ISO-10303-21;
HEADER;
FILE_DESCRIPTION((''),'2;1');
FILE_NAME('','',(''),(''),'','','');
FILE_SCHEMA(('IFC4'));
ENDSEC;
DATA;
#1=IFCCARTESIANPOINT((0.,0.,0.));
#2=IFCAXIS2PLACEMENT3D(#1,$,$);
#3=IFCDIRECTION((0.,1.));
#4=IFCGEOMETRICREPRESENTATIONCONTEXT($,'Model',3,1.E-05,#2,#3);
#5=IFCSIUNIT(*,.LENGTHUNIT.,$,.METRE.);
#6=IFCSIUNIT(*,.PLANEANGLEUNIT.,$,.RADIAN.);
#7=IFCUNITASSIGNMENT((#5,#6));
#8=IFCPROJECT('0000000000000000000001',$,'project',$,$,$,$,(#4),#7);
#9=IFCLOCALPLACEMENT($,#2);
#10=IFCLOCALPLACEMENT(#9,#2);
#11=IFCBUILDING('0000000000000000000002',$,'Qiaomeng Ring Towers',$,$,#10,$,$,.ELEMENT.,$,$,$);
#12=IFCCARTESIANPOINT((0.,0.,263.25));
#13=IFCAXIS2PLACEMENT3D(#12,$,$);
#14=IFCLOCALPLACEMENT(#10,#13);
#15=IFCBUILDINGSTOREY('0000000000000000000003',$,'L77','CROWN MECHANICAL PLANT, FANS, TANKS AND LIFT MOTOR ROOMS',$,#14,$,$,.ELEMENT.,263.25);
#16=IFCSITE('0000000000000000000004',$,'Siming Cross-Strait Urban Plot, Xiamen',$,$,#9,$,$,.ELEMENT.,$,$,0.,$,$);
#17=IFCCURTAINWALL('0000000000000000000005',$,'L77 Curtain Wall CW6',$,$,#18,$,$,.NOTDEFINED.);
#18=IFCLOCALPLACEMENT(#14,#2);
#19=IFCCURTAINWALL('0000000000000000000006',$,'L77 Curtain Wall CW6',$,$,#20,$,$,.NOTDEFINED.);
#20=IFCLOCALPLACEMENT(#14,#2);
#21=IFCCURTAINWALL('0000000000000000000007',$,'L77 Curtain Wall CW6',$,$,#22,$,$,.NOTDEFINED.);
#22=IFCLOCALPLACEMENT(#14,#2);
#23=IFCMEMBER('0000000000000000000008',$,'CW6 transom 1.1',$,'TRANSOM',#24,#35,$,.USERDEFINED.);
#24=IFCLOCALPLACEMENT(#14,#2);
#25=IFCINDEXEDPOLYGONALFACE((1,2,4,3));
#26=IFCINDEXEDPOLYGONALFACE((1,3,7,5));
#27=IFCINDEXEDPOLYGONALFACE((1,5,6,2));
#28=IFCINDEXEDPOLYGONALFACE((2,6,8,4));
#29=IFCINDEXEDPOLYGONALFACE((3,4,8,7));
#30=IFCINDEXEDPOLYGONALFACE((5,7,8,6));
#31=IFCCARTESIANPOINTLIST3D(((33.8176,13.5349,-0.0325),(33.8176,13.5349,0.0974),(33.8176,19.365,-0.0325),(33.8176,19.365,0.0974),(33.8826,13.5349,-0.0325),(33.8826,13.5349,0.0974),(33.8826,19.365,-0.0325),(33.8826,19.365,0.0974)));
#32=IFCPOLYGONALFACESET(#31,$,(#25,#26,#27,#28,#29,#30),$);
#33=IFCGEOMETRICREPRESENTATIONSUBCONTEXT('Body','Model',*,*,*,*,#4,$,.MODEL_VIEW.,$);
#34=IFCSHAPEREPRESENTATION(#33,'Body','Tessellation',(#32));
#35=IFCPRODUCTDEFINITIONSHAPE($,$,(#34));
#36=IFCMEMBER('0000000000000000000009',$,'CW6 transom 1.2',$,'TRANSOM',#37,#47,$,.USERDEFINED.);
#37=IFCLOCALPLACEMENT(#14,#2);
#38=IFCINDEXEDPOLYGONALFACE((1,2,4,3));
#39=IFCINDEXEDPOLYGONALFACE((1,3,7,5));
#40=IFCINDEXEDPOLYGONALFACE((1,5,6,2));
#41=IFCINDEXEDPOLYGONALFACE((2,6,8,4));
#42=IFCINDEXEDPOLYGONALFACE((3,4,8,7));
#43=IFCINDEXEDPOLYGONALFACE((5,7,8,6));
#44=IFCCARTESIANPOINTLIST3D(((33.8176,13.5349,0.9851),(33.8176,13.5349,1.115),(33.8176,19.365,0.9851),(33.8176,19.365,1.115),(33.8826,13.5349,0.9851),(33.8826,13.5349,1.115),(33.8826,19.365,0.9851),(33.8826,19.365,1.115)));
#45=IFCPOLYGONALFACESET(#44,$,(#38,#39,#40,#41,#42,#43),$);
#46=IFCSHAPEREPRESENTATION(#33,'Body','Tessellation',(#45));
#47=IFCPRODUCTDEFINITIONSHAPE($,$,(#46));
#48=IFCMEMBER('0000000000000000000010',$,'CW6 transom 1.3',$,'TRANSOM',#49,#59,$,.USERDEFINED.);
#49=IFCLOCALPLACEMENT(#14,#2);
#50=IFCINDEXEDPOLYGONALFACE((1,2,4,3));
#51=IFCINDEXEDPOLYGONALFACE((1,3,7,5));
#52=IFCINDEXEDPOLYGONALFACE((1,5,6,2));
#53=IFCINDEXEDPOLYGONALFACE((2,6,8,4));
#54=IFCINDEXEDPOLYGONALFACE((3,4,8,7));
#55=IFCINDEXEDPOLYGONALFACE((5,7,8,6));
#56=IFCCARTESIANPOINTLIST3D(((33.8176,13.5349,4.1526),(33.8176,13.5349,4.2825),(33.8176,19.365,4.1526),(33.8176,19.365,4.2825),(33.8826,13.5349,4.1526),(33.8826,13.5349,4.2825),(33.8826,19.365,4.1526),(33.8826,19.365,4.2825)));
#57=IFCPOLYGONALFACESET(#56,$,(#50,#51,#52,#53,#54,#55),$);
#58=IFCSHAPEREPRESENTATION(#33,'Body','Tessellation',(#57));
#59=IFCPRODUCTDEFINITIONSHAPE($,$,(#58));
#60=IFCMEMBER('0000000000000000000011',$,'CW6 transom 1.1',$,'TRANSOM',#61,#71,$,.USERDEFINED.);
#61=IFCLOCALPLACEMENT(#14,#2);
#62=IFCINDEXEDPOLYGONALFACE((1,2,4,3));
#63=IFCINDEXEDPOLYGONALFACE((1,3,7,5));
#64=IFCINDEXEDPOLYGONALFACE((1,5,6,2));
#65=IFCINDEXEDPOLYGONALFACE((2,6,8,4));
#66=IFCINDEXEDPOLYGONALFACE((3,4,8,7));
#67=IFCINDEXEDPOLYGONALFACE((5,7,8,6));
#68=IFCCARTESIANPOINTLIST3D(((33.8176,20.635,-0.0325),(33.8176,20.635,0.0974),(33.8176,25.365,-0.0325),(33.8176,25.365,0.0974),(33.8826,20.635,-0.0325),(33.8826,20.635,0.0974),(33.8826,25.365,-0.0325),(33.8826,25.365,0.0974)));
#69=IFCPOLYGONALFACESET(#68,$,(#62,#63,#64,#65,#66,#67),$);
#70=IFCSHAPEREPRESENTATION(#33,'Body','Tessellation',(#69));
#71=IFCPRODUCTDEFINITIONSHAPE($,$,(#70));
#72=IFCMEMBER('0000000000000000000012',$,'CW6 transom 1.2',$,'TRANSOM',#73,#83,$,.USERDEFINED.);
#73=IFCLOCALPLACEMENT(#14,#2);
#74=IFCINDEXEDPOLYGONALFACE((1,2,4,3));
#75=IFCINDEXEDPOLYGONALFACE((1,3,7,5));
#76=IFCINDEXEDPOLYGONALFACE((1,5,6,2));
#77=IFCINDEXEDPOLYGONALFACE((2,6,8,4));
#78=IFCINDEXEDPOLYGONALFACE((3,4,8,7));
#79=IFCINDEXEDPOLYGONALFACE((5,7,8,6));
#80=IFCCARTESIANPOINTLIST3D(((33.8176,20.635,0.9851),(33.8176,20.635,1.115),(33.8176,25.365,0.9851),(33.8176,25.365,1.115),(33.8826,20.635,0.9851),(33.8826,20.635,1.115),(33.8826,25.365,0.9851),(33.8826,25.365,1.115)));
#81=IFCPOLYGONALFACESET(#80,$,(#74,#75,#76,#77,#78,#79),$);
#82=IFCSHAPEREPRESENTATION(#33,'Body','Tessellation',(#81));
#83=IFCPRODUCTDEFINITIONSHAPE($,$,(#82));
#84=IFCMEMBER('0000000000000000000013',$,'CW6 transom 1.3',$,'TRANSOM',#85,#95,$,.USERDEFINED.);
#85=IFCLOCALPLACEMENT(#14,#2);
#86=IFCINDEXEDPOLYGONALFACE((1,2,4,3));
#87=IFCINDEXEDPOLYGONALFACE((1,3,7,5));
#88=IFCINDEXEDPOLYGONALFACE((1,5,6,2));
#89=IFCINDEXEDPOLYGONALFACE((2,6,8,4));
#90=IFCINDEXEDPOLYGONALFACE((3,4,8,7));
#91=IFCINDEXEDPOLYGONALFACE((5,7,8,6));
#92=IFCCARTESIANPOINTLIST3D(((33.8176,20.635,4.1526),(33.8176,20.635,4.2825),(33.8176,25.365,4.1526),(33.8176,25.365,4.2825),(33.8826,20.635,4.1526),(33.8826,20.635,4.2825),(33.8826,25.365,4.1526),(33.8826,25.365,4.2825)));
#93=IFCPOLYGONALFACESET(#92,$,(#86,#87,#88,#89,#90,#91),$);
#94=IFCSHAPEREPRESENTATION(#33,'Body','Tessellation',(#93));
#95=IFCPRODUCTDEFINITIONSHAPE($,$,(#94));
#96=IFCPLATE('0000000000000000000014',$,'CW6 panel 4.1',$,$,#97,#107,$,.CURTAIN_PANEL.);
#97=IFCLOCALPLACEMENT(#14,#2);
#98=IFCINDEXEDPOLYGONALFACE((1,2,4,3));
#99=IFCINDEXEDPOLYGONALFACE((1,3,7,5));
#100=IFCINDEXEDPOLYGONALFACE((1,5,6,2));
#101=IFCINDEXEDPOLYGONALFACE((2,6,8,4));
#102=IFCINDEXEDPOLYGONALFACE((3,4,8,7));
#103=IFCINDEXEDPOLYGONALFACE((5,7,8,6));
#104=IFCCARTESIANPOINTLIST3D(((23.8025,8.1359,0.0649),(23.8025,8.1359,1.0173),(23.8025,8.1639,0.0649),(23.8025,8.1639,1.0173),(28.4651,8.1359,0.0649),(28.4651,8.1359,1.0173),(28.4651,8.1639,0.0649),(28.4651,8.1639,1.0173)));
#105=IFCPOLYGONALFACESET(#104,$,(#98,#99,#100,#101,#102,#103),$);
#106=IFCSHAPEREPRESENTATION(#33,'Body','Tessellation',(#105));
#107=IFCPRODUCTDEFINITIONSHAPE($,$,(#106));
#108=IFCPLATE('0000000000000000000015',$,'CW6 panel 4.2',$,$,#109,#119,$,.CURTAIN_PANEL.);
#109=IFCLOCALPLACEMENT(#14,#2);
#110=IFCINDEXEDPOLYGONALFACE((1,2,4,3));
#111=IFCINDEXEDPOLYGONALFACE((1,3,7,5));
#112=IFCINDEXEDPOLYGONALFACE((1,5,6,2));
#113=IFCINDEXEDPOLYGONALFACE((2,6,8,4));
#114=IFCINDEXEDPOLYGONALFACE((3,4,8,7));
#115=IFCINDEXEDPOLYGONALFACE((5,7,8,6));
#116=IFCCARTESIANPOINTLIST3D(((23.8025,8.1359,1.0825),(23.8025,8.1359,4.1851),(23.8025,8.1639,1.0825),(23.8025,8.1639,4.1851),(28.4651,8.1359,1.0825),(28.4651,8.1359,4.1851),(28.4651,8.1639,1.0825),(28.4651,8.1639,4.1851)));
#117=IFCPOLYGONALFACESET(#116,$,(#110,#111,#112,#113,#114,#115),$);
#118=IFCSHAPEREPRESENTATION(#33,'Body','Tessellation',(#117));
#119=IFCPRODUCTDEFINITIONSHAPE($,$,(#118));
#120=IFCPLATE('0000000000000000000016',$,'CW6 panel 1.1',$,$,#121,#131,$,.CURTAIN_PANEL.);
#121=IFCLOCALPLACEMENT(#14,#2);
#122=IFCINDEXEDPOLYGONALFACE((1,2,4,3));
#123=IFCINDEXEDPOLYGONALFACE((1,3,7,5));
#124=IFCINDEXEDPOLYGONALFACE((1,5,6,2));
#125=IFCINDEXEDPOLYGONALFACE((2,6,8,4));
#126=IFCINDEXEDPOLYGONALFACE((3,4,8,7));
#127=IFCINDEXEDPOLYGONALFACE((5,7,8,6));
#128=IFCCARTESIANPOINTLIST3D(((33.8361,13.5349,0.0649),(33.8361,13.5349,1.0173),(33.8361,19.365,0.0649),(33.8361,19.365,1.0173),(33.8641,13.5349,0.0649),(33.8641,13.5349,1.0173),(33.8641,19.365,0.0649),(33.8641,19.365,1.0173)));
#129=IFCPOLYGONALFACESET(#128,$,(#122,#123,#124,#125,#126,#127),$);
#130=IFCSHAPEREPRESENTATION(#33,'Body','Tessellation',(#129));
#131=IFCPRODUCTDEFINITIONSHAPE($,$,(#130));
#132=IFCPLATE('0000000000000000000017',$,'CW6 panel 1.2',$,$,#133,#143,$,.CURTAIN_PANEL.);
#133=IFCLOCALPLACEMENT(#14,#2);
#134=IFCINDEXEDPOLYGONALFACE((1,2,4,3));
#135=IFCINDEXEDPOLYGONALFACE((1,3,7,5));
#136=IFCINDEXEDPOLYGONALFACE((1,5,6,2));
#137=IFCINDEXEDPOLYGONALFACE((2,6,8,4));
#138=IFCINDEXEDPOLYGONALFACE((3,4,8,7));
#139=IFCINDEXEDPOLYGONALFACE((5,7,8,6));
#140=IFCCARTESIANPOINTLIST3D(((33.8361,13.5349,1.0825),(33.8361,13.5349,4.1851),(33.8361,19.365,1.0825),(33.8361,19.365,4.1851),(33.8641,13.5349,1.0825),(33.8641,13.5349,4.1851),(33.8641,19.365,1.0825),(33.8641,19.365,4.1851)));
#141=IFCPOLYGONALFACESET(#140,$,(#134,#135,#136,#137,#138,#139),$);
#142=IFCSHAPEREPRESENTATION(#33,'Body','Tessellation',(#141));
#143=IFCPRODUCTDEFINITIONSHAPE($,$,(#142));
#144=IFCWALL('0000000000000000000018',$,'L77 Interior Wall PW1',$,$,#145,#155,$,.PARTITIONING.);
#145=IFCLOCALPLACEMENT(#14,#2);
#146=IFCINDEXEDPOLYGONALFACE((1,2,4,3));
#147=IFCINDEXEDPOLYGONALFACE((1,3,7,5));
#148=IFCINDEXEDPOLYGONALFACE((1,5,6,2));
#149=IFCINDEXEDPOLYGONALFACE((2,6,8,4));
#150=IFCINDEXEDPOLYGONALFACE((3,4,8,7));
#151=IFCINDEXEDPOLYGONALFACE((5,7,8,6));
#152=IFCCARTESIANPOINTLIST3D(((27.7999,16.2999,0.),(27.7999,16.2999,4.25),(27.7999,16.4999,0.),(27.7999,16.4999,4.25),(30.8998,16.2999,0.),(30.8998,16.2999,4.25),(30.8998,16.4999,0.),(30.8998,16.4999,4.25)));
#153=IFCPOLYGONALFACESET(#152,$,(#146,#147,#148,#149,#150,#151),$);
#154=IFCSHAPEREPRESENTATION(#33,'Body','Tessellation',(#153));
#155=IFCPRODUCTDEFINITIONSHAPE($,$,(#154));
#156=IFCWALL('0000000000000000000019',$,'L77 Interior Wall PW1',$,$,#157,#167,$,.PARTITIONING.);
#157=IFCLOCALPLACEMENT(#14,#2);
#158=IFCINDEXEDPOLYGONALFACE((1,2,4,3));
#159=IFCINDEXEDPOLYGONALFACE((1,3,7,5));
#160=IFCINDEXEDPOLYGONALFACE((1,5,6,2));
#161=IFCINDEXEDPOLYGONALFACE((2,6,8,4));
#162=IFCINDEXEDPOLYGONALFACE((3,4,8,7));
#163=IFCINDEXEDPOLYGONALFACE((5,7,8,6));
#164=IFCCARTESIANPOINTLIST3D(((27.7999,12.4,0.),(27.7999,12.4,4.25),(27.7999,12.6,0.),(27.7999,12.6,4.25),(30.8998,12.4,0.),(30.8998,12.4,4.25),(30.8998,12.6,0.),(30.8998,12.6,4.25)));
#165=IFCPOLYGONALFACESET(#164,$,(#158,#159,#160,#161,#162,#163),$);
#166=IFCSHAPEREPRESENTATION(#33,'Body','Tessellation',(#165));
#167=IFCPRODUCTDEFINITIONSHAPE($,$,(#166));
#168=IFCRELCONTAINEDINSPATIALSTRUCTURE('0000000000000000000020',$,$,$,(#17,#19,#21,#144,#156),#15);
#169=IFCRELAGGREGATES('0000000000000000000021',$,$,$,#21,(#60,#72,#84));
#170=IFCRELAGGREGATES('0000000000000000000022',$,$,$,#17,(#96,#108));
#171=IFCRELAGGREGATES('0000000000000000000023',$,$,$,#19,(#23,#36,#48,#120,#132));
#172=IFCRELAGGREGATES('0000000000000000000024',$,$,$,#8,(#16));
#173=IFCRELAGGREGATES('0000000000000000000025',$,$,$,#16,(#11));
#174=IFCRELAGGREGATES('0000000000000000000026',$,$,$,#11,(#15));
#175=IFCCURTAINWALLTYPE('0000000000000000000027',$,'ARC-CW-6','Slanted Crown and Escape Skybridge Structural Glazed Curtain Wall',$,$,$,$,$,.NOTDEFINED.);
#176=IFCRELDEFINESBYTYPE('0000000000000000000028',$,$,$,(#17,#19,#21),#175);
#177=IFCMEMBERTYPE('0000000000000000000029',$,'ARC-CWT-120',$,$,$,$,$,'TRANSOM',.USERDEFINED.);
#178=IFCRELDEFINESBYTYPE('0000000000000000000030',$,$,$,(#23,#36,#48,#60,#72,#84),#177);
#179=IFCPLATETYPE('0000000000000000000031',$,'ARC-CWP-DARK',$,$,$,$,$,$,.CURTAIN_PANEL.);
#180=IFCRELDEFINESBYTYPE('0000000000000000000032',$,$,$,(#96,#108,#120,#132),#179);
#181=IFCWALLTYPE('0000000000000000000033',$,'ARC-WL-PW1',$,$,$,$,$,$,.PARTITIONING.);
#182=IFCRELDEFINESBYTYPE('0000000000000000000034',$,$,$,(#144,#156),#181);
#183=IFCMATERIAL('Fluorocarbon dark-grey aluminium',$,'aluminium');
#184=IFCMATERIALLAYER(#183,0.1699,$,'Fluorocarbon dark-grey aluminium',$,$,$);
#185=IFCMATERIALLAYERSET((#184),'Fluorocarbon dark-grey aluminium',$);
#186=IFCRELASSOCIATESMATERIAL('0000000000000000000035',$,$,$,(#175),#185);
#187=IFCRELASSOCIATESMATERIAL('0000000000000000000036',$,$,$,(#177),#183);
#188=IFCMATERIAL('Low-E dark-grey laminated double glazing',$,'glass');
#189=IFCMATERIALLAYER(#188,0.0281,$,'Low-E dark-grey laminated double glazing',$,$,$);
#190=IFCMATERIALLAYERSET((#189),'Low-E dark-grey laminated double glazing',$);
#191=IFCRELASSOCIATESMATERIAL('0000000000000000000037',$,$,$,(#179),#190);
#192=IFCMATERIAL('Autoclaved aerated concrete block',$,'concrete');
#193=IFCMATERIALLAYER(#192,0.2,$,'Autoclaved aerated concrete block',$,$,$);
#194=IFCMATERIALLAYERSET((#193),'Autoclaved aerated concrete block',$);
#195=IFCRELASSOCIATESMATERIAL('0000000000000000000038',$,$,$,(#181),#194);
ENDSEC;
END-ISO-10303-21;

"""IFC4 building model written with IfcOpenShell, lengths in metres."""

from ifc_helpers import new_model, si_unit, direction, frame, frame_2d, origin, origin_2d, place, context, subcontext, project, spatial, rectangle, extrude, source, transform, mapped, material, layer, layer_set, material_profile, profile_set, type_object, element, aggregate, save


model = new_model("IFC4")

# Units and contexts
model_context = context("Model", 3, precision=1e-05, world=origin(), true_north=direction((0.0, 1.0)))
body_context = subcontext(model_context, "Body", "Model", "MODEL_VIEW")
ifc_project = project(units=[si_unit("LENGTHUNIT", "METRE"), si_unit("PLANEANGLEUNIT", "RADIAN")], contexts=[model_context])

# Site, building, storey
site_placement = place(None, origin())
site = spatial("IfcSite", under=ifc_project, at=site_placement, Name="Siming Cross-Strait Urban Plot, Xiamen", CompositionType="ELEMENT", RefElevation=0.0)
building_placement = place(site_placement, origin())
building = spatial("IfcBuilding", under=site, at=building_placement, Name="Qiaomeng Ring Towers", CompositionType="ELEMENT")
storey_placement = place(building_placement, frame((0.0, 0.0, 263.25)))
storey = spatial("IfcBuildingStorey", under=building, at=storey_placement, Name="L77", Description="CROWN MECHANICAL PLANT, FANS, TANKS AND LIFT MOTOR ROOMS", CompositionType="ELEMENT", Elevation=263.25)

# Curtain wall
ifc_material_1 = material(Name="Fluorocarbon dark-grey aluminium", Category="aluminium")
ifc_layer_1 = layer(ifc_material_1, 0.1699, Name="Fluorocarbon dark-grey aluminium")
ifc_layer_set_1 = layer_set([ifc_layer_1], Name="Fluorocarbon dark-grey aluminium")
curtain_wall_type = type_object("IfcCurtainWallType", Name="ARC-CW-6", Description="Slanted Crown and Escape Skybridge Structural Glazed Curtain Wall", PredefinedType="NOTDEFINED", material=ifc_layer_set_1)
curtain_wall_1_placement = place(storey_placement, origin())
curtain_wall_1 = element("IfcCurtainWall", 1, at=curtain_wall_1_placement, inside=storey, type_object=curtain_wall_type, Name="L77 Curtain Wall CW6", PredefinedType="NOTDEFINED")

# Curtain wall
curtain_wall_2_placement = place(storey_placement, origin())
curtain_wall_2 = element("IfcCurtainWall", 2, at=curtain_wall_2_placement, inside=storey, type_object=curtain_wall_type, Name="L77 Curtain Wall CW6", PredefinedType="NOTDEFINED")

# Curtain wall
curtain_wall_3_placement = place(storey_placement, origin())
curtain_wall_3 = element("IfcCurtainWall", 3, at=curtain_wall_3_placement, inside=storey, type_object=curtain_wall_type, Name="L77 Curtain Wall CW6", PredefinedType="NOTDEFINED")

# Members
ifc_material_profile_1 = material_profile(ifc_material_1, rectangle(XDim=0.0649, YDim=0.1299, at=origin_2d()), Name="ALU TRAN 65x130")
ifc_profile_set_1 = profile_set([ifc_material_profile_1], Name="Fluorocarbon dark-grey aluminium")
member_type_1 = type_object("IfcMemberType", Name="ARC-CWT-120", ElementType="TRANSOM", PredefinedType="USERDEFINED", material=ifc_profile_set_1)
shared_shape_1 = source(origin(), body_context, "Body", "SweptSolid", [
    extrude(rectangle(XDim=0.0649, YDim=0.1299, at=origin_2d()), origin(), (0.0, 0.0, 1.0), 5.8301),
])
member_1_placement = place(storey_placement, frame((33.8501, 13.5349, 0.0325), z_axis=(0.0, 1.0, 0.0), x_axis=(-1.0, 0.0, 0.0)))
member_1 = element("IfcMember", 4, at=member_1_placement, type_object=member_type_1, Name="CW6 transom 1.1", ObjectType="TRANSOM", PredefinedType="USERDEFINED", context=body_context, shape_type="MappedRepresentation", body=[
    mapped(shared_shape_1, transform((0.0, 0.0, 0.0), x_axis=(1.0, 0.0, 0.0), y_axis=(0.0, 1.0, 0.0), z_axis=(0.0, 0.0, 1.0), scale=1.0)),
])
member_2_placement = place(storey_placement, frame((33.8501, 13.5349, 1.05), z_axis=(0.0, 1.0, 0.0), x_axis=(-1.0, 0.0, 0.0)))
member_2 = element("IfcMember", 5, at=member_2_placement, type_object=member_type_1, Name="CW6 transom 1.2", ObjectType="TRANSOM", PredefinedType="USERDEFINED", context=body_context, shape_type="MappedRepresentation", body=[
    mapped(shared_shape_1, transform((0.0, 0.0, 0.0), x_axis=(1.0, 0.0, 0.0), y_axis=(0.0, 1.0, 0.0), z_axis=(0.0, 0.0, 1.0), scale=1.0)),
])
member_3_placement = place(storey_placement, frame((33.8501, 13.5349, 4.2175), z_axis=(0.0, 1.0, 0.0), x_axis=(-1.0, 0.0, 0.0)))
member_3 = element("IfcMember", 6, at=member_3_placement, type_object=member_type_1, Name="CW6 transom 1.3", ObjectType="TRANSOM", PredefinedType="USERDEFINED", context=body_context, shape_type="MappedRepresentation", body=[
    mapped(shared_shape_1, transform((0.0, 0.0, 0.0), x_axis=(1.0, 0.0, 0.0), y_axis=(0.0, 1.0, 0.0), z_axis=(0.0, 0.0, 1.0), scale=1.0)),
])
shared_shape_2 = source(origin(), body_context, "Body", "SweptSolid", [
    extrude(rectangle(XDim=0.0649, YDim=0.1299, at=origin_2d()), origin(), (0.0, 0.0, 1.0), 4.73),
])
member_4_placement = place(storey_placement, frame((33.8501, 20.635, 0.0325), z_axis=(0.0, 1.0, 0.0), x_axis=(-1.0, 0.0, 0.0)))
member_4 = element("IfcMember", 7, at=member_4_placement, type_object=member_type_1, Name="CW6 transom 1.1", ObjectType="TRANSOM", PredefinedType="USERDEFINED", context=body_context, shape_type="MappedRepresentation", body=[
    mapped(shared_shape_2, transform((0.0, 0.0, 0.0), x_axis=(1.0, 0.0, 0.0), y_axis=(0.0, 1.0, 0.0), z_axis=(0.0, 0.0, 1.0), scale=1.0)),
])
member_5_placement = place(storey_placement, frame((33.8501, 20.635, 1.05), z_axis=(0.0, 1.0, 0.0), x_axis=(-1.0, 0.0, 0.0)))
member_5 = element("IfcMember", 8, at=member_5_placement, type_object=member_type_1, Name="CW6 transom 1.2", ObjectType="TRANSOM", PredefinedType="USERDEFINED", context=body_context, shape_type="MappedRepresentation", body=[
    mapped(shared_shape_2, transform((0.0, 0.0, 0.0), x_axis=(1.0, 0.0, 0.0), y_axis=(0.0, 1.0, 0.0), z_axis=(0.0, 0.0, 1.0), scale=1.0)),
])
member_6_placement = place(storey_placement, frame((33.8501, 20.635, 4.2175), z_axis=(0.0, 1.0, 0.0), x_axis=(-1.0, 0.0, 0.0)))
member_6 = element("IfcMember", 9, at=member_6_placement, type_object=member_type_1, Name="CW6 transom 1.3", ObjectType="TRANSOM", PredefinedType="USERDEFINED", context=body_context, shape_type="MappedRepresentation", body=[
    mapped(shared_shape_2, transform((0.0, 0.0, 0.0), x_axis=(1.0, 0.0, 0.0), y_axis=(0.0, 1.0, 0.0), z_axis=(0.0, 0.0, 1.0), scale=1.0)),
])
aggregate(curtain_wall_3, [member_4, member_5, member_6])

# Plates
ifc_material_2 = material(Name="Low-E dark-grey laminated double glazing", Category="glass")
ifc_layer_2 = layer(ifc_material_2, 0.0281, Name="Low-E dark-grey laminated double glazing")
ifc_layer_set_2 = layer_set([ifc_layer_2], Name="Low-E dark-grey laminated double glazing")
plate_type = type_object("IfcPlateType", Name="ARC-CWP-DARK", PredefinedType="CURTAIN_PANEL", material=ifc_layer_set_2)
shared_shape_3 = source(origin(), body_context, "Body", "SweptSolid", [
    extrude(rectangle(XDim=4.6626, YDim=0.0281, at=origin_2d()), origin(), (0.0, 0.0, 1.0), 0.9524),
])
plate_1_placement = place(storey_placement, frame((26.1338, 8.1499, 0.0649), z_axis=(0.0, 0.0, 1.0), x_axis=(1.0, 0.0, 0.0)))
plate_1 = element("IfcPlate", 10, at=plate_1_placement, type_object=plate_type, Name="CW6 panel 4.1", PredefinedType="CURTAIN_PANEL", context=body_context, shape_type="MappedRepresentation", body=[
    mapped(shared_shape_3, transform((0.0, 0.0, 0.0), x_axis=(1.0, 0.0, 0.0), y_axis=(0.0, 1.0, 0.0), z_axis=(0.0, 0.0, 1.0), scale=1.0)),
])
shared_shape_4 = source(origin(), body_context, "Body", "SweptSolid", [
    extrude(rectangle(XDim=4.6626, YDim=0.0281, at=origin_2d()), origin(), (0.0, 0.0, 1.0), 3.1025),
])
plate_2_placement = place(storey_placement, frame((26.1338, 8.1499, 1.0825), z_axis=(0.0, 0.0, 1.0), x_axis=(1.0, 0.0, 0.0)))
plate_2 = element("IfcPlate", 11, at=plate_2_placement, type_object=plate_type, Name="CW6 panel 4.2", PredefinedType="CURTAIN_PANEL", context=body_context, shape_type="MappedRepresentation", body=[
    mapped(shared_shape_4, transform((0.0, 0.0, 0.0), x_axis=(1.0, 0.0, 0.0), y_axis=(0.0, 1.0, 0.0), z_axis=(0.0, 0.0, 1.0), scale=1.0)),
])
aggregate(curtain_wall_1, [plate_1, plate_2])
shared_shape_5 = source(origin(), body_context, "Body", "SweptSolid", [
    extrude(rectangle(XDim=5.8301, YDim=0.0281, at=origin_2d()), origin(), (0.0, 0.0, 1.0), 0.9524),
])
plate_3_placement = place(storey_placement, frame((33.8501, 16.45, 0.0649), z_axis=(0.0, 0.0, 1.0), x_axis=(0.0, 1.0, 0.0)))
plate_3 = element("IfcPlate", 12, at=plate_3_placement, type_object=plate_type, Name="CW6 panel 1.1", PredefinedType="CURTAIN_PANEL", context=body_context, shape_type="MappedRepresentation", body=[
    mapped(shared_shape_5, transform((0.0, 0.0, 0.0), x_axis=(1.0, 0.0, 0.0), y_axis=(0.0, 1.0, 0.0), z_axis=(0.0, 0.0, 1.0), scale=1.0)),
])
shared_shape_6 = source(origin(), body_context, "Body", "SweptSolid", [
    extrude(rectangle(XDim=5.8301, YDim=0.0281, at=origin_2d()), origin(), (0.0, 0.0, 1.0), 3.1025),
])
plate_4_placement = place(storey_placement, frame((33.8501, 16.45, 1.0825), z_axis=(0.0, 0.0, 1.0), x_axis=(0.0, 1.0, 0.0)))
plate_4 = element("IfcPlate", 13, at=plate_4_placement, type_object=plate_type, Name="CW6 panel 1.2", PredefinedType="CURTAIN_PANEL", context=body_context, shape_type="MappedRepresentation", body=[
    mapped(shared_shape_6, transform((0.0, 0.0, 0.0), x_axis=(1.0, 0.0, 0.0), y_axis=(0.0, 1.0, 0.0), z_axis=(0.0, 0.0, 1.0), scale=1.0)),
])
aggregate(curtain_wall_2, [member_1, member_2, member_3, plate_3, plate_4])

# Walls
ifc_material_3 = material(Name="Autoclaved aerated concrete block", Category="concrete")
ifc_layer_3 = layer(ifc_material_3, 0.2, Name="Autoclaved aerated concrete block")
ifc_layer_set_3 = layer_set([ifc_layer_3], Name="Autoclaved aerated concrete block")
wall_type_1 = type_object("IfcWallType", Name="ARC-WL-PW1", PredefinedType="PARTITIONING", material=ifc_layer_set_3)
for number, where, z_axis, x_axis, name in (
    (14, (27.8, 16.3999, 0.0), (0.0, 0.0, 1.0), (1.0, 0.0, 0.0), "L77 Interior Wall PW1"),
    (15, (27.8, 12.5, 0.0), (0.0, 0.0, 1.0), (1.0, 0.0, 0.0), "L77 Interior Wall PW1"),
):
    element("IfcWall", number, at=place(storey_placement, frame(where, z_axis=z_axis, x_axis=x_axis)), inside=storey, type_object=wall_type_1, Name=name, PredefinedType="PARTITIONING", context=body_context, shape_type="SweptSolid", body=[
        extrude(rectangle(XDim=3.0999, YDim=0.2, at=frame_2d((1.5498, 0.0))), origin(), (0.0, 0.0, 1.0), 4.25),
    ])

save(model, "model.ifc")
